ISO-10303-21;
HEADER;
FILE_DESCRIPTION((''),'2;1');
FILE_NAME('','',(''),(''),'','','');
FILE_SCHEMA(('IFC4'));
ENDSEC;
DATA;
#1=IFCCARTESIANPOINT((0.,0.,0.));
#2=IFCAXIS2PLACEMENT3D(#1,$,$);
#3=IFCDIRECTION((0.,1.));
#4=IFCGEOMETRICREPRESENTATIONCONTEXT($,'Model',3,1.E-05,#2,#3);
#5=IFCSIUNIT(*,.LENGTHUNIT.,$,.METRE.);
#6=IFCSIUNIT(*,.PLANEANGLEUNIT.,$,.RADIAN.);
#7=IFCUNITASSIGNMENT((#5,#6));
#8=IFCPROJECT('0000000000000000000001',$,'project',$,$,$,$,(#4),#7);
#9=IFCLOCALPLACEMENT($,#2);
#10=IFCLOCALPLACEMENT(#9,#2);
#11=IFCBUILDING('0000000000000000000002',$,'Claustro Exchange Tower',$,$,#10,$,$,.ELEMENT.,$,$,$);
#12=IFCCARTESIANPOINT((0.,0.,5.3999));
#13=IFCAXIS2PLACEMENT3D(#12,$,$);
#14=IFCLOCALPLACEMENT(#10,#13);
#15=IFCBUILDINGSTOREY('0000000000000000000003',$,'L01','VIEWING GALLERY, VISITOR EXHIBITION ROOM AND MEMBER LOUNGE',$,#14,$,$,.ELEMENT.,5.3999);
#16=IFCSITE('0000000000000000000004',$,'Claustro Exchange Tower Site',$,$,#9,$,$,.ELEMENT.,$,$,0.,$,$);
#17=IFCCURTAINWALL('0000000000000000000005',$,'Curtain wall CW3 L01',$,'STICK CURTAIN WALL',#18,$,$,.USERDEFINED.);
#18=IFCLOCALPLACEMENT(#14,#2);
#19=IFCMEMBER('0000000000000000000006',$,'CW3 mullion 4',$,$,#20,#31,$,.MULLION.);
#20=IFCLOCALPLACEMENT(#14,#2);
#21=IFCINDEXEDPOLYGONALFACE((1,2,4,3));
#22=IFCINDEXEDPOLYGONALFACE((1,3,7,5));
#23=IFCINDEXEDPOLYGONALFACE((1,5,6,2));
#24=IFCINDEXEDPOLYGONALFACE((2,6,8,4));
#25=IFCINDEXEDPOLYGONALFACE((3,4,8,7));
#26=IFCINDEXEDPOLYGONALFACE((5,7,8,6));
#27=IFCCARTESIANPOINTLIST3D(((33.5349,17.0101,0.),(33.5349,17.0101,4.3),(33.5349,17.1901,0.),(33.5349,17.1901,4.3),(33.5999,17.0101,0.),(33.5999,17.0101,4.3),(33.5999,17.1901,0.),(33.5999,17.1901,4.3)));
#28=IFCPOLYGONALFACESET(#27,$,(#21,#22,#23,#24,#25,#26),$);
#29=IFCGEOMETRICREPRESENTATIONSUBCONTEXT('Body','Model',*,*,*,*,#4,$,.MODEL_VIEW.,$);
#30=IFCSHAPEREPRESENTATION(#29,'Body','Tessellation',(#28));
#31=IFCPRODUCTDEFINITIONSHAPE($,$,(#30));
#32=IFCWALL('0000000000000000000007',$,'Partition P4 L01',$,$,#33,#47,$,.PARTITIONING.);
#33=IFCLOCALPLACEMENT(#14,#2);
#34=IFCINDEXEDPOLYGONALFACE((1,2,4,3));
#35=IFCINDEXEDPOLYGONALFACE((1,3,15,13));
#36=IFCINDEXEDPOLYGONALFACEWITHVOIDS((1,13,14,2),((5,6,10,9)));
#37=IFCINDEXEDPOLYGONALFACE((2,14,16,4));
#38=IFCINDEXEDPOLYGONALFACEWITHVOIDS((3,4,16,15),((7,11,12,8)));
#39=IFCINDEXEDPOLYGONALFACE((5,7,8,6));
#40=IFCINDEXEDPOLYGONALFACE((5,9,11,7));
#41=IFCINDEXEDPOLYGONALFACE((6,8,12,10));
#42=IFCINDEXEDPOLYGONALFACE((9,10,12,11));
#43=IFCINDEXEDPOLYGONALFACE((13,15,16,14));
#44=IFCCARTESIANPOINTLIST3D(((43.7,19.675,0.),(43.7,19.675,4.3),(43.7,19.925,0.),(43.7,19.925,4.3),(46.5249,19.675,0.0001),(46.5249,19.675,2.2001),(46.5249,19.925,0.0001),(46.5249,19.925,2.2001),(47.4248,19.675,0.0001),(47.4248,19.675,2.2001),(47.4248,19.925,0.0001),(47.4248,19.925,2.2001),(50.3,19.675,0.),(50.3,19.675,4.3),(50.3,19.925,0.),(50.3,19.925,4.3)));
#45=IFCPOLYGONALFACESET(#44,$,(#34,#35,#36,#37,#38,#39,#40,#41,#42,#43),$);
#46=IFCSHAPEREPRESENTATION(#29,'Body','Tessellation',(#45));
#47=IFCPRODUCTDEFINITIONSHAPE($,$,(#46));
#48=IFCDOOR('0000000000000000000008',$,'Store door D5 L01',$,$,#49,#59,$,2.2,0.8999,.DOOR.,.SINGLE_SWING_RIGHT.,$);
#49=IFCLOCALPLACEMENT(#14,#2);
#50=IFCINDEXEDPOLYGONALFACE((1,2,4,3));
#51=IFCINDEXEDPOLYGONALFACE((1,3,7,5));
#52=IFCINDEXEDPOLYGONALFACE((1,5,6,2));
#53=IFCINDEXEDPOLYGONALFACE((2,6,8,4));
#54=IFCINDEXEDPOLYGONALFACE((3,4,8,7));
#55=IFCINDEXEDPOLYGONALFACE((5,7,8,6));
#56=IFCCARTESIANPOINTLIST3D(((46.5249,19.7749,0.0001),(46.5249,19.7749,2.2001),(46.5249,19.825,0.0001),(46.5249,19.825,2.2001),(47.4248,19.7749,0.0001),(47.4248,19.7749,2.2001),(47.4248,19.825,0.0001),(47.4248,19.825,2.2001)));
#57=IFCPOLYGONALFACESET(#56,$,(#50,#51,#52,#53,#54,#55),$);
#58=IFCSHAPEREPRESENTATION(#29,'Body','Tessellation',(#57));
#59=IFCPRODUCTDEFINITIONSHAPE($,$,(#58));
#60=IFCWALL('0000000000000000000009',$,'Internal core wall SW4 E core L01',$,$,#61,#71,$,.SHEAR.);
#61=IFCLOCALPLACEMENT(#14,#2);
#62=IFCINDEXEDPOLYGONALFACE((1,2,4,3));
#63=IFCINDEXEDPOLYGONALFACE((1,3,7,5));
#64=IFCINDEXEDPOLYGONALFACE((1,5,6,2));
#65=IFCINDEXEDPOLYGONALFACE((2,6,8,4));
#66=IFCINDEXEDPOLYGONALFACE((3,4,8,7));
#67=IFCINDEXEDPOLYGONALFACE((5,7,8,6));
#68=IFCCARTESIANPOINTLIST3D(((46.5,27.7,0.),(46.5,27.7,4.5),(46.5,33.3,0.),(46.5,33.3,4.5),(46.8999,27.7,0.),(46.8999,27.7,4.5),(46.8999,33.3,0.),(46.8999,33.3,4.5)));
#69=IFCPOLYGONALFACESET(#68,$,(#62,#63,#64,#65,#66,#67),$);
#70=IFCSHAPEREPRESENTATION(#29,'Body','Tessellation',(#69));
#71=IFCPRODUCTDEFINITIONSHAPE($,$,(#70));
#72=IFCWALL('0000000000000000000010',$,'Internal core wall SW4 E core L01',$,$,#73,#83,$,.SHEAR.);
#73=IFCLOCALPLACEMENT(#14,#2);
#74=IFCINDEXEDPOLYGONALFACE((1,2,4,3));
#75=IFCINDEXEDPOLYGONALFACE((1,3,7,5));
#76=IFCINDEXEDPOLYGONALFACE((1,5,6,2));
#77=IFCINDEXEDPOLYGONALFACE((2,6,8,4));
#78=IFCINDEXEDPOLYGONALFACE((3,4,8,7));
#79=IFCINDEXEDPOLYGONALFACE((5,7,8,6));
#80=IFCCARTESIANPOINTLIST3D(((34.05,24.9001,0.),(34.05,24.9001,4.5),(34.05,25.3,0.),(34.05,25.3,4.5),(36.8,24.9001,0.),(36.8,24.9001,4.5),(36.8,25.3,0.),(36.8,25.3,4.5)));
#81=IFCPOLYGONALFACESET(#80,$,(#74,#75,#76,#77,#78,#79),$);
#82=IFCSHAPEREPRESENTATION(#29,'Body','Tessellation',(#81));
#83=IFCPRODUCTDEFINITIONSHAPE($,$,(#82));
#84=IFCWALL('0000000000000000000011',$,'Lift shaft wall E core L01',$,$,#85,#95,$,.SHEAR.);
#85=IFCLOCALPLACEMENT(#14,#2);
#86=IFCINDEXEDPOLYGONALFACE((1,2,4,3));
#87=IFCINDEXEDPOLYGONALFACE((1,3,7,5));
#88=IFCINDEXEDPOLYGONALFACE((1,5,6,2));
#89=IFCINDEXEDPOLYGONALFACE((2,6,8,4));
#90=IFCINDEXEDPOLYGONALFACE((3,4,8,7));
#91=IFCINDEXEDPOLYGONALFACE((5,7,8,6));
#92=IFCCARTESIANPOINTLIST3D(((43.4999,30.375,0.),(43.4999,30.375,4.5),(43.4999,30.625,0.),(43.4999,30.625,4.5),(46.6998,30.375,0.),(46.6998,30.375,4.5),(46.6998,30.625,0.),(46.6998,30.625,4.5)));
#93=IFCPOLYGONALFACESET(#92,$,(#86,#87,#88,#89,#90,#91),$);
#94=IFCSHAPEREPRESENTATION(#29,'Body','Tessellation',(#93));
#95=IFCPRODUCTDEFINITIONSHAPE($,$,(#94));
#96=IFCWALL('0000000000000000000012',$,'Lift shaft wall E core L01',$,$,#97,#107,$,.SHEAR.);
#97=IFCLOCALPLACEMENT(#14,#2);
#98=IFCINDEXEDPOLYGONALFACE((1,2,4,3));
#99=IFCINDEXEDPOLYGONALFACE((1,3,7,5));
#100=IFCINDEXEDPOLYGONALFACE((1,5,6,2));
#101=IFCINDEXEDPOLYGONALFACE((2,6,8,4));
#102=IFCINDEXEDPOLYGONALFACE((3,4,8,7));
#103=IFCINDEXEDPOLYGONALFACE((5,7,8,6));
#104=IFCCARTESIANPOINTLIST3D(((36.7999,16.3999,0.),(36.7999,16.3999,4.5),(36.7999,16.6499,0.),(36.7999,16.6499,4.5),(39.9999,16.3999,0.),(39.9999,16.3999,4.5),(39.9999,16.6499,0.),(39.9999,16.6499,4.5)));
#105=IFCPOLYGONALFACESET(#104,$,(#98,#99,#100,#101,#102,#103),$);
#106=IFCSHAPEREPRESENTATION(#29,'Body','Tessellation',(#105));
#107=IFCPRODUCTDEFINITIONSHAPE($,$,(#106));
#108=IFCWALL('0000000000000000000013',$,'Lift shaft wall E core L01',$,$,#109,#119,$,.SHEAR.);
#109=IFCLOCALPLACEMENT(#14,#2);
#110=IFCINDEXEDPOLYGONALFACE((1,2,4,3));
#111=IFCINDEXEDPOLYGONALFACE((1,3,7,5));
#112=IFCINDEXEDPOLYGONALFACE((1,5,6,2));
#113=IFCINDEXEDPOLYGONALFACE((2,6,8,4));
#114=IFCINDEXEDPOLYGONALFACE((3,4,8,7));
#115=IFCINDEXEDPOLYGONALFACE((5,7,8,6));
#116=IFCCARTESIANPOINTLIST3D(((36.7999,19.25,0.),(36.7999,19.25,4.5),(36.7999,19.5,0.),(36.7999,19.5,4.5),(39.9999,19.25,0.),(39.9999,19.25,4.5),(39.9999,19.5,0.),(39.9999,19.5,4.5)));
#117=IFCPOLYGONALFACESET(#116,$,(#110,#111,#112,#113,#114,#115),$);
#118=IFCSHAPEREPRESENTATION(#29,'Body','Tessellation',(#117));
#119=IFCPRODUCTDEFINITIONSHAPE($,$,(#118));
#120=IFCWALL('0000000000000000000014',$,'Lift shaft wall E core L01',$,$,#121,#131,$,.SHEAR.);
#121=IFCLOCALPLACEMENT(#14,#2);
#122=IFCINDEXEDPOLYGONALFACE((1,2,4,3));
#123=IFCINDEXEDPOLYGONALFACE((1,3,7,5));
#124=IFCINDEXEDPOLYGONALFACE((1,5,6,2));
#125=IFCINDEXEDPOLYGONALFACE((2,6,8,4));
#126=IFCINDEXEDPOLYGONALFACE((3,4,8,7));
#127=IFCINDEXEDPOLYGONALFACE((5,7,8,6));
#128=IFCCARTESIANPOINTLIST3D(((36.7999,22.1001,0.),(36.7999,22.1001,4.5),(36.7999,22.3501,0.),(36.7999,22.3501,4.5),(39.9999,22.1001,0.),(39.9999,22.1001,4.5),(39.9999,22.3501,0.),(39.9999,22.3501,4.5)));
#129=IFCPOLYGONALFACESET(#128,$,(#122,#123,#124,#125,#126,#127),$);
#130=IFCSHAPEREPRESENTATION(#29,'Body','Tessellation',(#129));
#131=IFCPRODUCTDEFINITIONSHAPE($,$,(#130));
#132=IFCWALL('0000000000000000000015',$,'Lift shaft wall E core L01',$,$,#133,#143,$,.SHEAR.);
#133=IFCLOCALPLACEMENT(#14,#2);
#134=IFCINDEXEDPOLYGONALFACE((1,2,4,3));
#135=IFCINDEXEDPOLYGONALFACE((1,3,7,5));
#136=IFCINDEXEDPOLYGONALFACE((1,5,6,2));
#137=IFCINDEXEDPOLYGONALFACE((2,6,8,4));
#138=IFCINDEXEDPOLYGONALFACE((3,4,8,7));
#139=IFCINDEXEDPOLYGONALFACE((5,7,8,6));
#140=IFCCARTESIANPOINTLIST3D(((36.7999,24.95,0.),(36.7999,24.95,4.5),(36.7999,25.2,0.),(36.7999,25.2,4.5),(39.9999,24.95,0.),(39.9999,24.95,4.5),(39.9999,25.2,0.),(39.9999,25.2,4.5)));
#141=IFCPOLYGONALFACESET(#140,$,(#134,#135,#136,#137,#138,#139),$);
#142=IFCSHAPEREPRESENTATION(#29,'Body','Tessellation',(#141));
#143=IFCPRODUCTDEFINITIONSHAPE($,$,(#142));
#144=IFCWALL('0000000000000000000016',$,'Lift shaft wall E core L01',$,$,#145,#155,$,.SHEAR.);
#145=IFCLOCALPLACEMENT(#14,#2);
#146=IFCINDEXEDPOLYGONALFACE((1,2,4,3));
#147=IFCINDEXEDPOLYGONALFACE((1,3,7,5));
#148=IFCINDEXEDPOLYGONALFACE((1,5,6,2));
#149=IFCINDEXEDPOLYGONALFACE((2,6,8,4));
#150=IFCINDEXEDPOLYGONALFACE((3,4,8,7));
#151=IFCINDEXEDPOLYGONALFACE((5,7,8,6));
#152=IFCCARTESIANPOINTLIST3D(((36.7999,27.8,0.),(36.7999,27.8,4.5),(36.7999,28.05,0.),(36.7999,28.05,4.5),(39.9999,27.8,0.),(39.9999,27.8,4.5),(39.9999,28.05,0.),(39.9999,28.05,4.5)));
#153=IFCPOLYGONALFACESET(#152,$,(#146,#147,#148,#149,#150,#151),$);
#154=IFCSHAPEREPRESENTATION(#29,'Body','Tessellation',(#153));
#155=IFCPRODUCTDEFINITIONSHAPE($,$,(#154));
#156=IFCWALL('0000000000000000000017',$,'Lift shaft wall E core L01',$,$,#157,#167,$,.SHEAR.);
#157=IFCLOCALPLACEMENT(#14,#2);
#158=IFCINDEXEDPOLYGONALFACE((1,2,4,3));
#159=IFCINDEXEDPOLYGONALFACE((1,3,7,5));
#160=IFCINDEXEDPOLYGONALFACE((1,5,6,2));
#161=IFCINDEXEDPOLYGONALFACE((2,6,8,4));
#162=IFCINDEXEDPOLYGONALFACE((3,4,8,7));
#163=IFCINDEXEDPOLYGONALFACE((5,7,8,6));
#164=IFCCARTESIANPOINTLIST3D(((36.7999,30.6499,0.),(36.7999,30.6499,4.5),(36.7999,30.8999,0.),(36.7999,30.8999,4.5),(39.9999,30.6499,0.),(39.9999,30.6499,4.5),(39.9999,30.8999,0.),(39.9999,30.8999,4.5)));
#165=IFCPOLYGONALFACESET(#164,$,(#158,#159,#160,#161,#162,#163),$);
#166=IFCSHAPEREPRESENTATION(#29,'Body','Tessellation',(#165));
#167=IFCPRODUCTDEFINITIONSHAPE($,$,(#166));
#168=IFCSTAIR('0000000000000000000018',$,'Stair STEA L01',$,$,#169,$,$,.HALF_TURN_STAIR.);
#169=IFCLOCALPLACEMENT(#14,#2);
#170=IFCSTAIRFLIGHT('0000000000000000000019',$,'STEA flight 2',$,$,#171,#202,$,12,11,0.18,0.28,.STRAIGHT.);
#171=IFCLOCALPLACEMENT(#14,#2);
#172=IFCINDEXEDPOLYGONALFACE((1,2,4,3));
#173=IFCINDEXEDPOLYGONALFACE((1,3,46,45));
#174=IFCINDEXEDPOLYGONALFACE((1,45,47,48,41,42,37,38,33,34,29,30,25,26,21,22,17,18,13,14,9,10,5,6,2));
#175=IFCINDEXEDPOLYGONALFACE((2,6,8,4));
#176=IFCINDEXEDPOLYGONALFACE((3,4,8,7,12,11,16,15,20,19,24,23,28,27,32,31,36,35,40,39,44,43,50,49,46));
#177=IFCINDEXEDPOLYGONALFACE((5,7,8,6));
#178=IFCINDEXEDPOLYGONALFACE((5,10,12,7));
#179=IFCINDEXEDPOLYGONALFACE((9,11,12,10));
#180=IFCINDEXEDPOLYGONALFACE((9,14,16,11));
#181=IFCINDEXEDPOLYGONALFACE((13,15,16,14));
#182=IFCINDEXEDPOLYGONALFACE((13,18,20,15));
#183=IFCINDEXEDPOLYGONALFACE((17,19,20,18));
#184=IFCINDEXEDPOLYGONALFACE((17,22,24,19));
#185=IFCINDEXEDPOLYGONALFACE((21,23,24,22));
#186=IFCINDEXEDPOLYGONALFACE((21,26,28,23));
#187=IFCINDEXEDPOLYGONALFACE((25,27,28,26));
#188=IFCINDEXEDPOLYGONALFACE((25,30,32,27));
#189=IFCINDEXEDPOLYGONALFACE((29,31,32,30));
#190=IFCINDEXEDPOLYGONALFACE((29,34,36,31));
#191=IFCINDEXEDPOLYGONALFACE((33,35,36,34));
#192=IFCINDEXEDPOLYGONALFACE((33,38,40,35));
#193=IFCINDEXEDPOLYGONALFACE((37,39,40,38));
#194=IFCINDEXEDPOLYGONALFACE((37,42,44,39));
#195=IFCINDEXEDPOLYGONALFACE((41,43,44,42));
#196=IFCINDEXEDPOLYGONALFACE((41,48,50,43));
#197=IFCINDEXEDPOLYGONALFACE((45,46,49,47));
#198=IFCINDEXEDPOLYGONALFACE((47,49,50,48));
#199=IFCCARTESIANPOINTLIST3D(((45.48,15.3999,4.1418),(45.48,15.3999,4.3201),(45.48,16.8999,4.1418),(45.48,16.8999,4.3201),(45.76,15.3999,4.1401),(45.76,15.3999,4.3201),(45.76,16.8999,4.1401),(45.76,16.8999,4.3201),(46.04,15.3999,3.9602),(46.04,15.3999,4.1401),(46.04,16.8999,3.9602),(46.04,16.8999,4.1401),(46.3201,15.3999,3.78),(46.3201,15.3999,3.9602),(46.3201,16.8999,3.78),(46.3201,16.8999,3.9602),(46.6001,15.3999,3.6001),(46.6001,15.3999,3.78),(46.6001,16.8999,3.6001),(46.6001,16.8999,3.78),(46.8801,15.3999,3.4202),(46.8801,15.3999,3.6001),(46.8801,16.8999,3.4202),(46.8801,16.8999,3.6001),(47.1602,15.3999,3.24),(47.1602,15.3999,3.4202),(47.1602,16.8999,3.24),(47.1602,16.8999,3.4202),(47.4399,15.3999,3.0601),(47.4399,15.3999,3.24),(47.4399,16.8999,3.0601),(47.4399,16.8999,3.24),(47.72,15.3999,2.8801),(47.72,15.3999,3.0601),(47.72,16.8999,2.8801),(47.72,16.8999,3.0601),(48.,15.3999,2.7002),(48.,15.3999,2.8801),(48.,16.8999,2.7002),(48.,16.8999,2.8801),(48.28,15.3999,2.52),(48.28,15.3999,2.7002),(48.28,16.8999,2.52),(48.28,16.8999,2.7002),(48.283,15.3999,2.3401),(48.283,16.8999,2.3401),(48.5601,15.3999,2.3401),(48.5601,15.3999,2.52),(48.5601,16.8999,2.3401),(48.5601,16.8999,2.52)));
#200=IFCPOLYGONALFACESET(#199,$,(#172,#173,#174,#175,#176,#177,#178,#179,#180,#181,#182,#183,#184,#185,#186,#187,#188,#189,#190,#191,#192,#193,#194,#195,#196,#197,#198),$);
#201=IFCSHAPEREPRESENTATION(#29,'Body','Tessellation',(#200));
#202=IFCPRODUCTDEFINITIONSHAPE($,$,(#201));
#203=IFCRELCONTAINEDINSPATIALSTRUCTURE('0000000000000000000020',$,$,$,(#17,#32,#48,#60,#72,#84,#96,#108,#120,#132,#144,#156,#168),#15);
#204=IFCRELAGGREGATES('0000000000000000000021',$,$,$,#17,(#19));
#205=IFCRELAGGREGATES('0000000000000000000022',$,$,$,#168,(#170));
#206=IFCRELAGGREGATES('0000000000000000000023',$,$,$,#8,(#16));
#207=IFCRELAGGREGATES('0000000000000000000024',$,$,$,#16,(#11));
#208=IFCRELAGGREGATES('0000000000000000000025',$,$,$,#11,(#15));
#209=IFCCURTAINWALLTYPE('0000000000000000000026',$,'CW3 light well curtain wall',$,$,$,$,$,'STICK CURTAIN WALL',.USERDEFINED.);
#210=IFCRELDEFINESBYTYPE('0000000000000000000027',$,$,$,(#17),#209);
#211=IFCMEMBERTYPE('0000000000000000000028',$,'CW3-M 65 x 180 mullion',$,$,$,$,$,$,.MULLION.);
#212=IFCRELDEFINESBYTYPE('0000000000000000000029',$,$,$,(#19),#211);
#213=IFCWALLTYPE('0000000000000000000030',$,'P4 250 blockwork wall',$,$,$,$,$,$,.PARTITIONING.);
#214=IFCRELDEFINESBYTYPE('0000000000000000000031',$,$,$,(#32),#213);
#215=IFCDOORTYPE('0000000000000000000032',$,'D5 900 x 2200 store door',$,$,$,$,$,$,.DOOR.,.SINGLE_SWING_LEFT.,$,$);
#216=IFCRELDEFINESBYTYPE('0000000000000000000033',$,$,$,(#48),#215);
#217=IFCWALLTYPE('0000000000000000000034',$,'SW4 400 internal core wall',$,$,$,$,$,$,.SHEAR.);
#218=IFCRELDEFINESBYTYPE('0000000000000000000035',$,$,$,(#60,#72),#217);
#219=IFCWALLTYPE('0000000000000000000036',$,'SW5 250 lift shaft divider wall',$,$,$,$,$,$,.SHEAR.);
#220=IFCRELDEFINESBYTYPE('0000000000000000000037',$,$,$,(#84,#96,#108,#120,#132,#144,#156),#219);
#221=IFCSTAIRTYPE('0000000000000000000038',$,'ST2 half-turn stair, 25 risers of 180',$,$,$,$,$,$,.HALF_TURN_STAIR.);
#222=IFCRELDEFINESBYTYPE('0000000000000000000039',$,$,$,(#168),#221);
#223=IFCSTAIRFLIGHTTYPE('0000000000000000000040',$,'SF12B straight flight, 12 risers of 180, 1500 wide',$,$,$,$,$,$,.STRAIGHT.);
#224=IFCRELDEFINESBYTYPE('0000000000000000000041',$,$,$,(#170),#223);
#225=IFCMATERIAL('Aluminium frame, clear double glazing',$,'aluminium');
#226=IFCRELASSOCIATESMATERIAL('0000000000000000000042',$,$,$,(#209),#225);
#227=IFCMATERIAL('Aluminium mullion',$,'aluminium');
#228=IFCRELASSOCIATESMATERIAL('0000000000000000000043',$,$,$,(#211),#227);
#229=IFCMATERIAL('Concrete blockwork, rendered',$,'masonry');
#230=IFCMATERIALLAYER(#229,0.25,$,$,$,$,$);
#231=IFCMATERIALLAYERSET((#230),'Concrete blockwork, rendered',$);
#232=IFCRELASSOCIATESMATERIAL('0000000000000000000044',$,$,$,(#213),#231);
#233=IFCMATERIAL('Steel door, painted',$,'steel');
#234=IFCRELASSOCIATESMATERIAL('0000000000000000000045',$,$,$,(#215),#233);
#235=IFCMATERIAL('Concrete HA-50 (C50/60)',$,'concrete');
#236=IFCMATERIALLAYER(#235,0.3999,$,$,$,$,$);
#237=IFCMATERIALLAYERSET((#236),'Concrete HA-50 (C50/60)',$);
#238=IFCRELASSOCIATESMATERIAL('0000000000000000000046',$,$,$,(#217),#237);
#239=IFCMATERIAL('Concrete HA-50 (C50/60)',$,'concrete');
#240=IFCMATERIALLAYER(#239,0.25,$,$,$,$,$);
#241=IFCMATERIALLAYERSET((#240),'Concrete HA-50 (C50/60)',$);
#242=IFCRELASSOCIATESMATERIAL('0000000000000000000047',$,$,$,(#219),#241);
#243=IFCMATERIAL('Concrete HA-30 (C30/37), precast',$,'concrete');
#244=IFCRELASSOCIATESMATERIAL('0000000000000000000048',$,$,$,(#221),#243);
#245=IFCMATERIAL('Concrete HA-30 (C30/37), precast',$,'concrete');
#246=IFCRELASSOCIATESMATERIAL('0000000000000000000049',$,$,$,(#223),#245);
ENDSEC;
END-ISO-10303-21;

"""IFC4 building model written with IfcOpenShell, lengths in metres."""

from ifc_helpers import new_model, si_unit, direction, frame, frame_2d, origin, origin_2d, place, context, subcontext, project, spatial, polyline, rectangle, outline, extrude, material, layer, layer_set, material_profile, profile_set, type_object, element, fill, aggregate, save


model = new_model("IFC4")

# Units and contexts
model_context = context("Model", 3, precision=1e-05, world=origin(), true_north=direction((0.0, 1.0)))
body_context = subcontext(model_context, "Body", "Model", "MODEL_VIEW")
ifc_project = project(units=[si_unit("LENGTHUNIT", "METRE"), si_unit("PLANEANGLEUNIT", "RADIAN")], contexts=[model_context])

# Site, building, storey
site_placement = place(None, origin())
site = spatial("IfcSite", under=ifc_project, at=site_placement, Name="Claustro Exchange Tower Site", CompositionType="ELEMENT", RefElevation=0.0)
building_placement = place(site_placement, origin())
building = spatial("IfcBuilding", under=site, at=building_placement, Name="Claustro Exchange Tower", CompositionType="ELEMENT")
storey_placement = place(building_placement, frame((0.0, 0.0, 5.3999)))
storey = spatial("IfcBuildingStorey", under=building, at=storey_placement, Name="L01", Description="VIEWING GALLERY, VISITOR EXHIBITION ROOM AND MEMBER LOUNGE", CompositionType="ELEMENT", Elevation=5.3999)

# Curtain wall, member
ifc_material_1 = material(Name="Aluminium frame, clear double glazing", Category="aluminium")
curtain_wall_type = type_object("IfcCurtainWallType", Name="CW3 light well curtain wall", ElementType="STICK CURTAIN WALL", PredefinedType="USERDEFINED", material=ifc_material_1)
curtain_wall_placement = place(storey_placement, origin())
curtain_wall = element("IfcCurtainWall", 1, at=curtain_wall_placement, inside=storey, type_object=curtain_wall_type, Name="Curtain wall CW3 L01", ObjectType="STICK CURTAIN WALL", PredefinedType="USERDEFINED")
ifc_material_2 = material(Name="Aluminium mullion", Category="aluminium")
ifc_material_profile = material_profile(ifc_material_2, rectangle(XDim=0.1799, YDim=0.0649, at=origin_2d()), Name="CW3-M 65x180")
ifc_profile_set = profile_set([ifc_material_profile], Name="Aluminium mullion")
member_type = type_object("IfcMemberType", Name="CW3-M 65 x 180 mullion", PredefinedType="MULLION", material=ifc_profile_set)
member_placement = place(storey_placement, frame((33.5674, 17.1001, 0.0), z_axis=(0.0, 0.0, 1.0), x_axis=(0.0, 1.0, 0.0)))
member = element("IfcMember", 2, at=member_placement, type_object=member_type, Name="CW3 mullion 4", PredefinedType="MULLION", context=body_context, shape_type="SweptSolid", body=[
    extrude(rectangle(XDim=0.1799, YDim=0.0649, at=origin_2d()), origin(), (0.0, 0.0, 1.0), 4.3),
])
aggregate(curtain_wall, [member])

# Wall, opening, door
ifc_material_3 = material(Name="Concrete blockwork, rendered", Category="masonry")
ifc_layer_1 = layer(ifc_material_3, 0.25)
ifc_layer_set_1 = layer_set([ifc_layer_1], Name="Concrete blockwork, rendered")
wall_type_1 = type_object("IfcWallType", Name="P4 250 blockwork wall", PredefinedType="PARTITIONING", material=ifc_layer_set_1)
wall_1_placement = place(storey_placement, frame((43.7, 19.8, 0.0), z_axis=(0.0, 0.0, 1.0), x_axis=(1.0, 0.0, 0.0)))
wall_1 = element("IfcWall", 3, at=wall_1_placement, inside=storey, type_object=wall_type_1, Name="Partition P4 L01", PredefinedType="PARTITIONING", context=body_context, shape_type="SweptSolid", body=[
    extrude(rectangle(XDim=6.6001, YDim=0.25, at=frame_2d((3.3, 0.0))), origin(), (0.0, 0.0, 1.0), 4.3),
])
opening_placement = place(wall_1_placement, frame((2.825, 0.0, 0.0)))
opening = element("IfcOpeningElement", 4, at=opening_placement, cuts=wall_1, PredefinedType="OPENING", context=body_context, shape_type="SweptSolid", body=[
    extrude(rectangle(XDim=0.8999, YDim=2.2, at=frame_2d((0.45, 1.1001))), frame((0.0, 0.135, 0.0), z_axis=(0.0, -1.0, 0.0), x_axis=(1.0, 0.0, 0.0)), (0.0, 0.0, 1.0), 0.27),
])
ifc_material_4 = material(Name="Steel door, painted", Category="steel")
door_type = type_object("IfcDoorType", Name="D5 900 x 2200 store door", OperationType="SINGLE_SWING_LEFT", PredefinedType="DOOR", material=ifc_material_4)
door_placement = place(opening_placement, origin())
door = element("IfcDoor", 5, at=door_placement, inside=storey, type_object=door_type, Name="Store door D5 L01", OperationType="SINGLE_SWING_RIGHT", OverallHeight=2.2, OverallWidth=0.8999, PredefinedType="DOOR", context=body_context, shape_type="SweptSolid", body=[
    extrude(rectangle(XDim=0.8999, YDim=2.2, at=frame_2d((0.45, 1.1001))), frame((0.0, 0.0249, 0.0), z_axis=(0.0, -1.0, 0.0), x_axis=(1.0, 0.0, 0.0)), (0.0, 0.0, 1.0), 0.05),
])
fill(opening, door)

# Walls
ifc_material_5 = material(Name="Concrete HA-50 (C50/60)", Category="concrete")
ifc_layer_2 = layer(ifc_material_5, 0.3999)
ifc_layer_set_2 = layer_set([ifc_layer_2], Name="Concrete HA-50 (C50/60)")
wall_type_2 = type_object("IfcWallType", Name="SW4 400 internal core wall", PredefinedType="SHEAR", material=ifc_layer_set_2)
wall_2_placement = place(storey_placement, frame((46.7, 27.7, 0.0), z_axis=(0.0, 0.0, 1.0), x_axis=(0.0, 1.0, 0.0)))
element("IfcWall", 6, at=wall_2_placement, inside=storey, type_object=wall_type_2, Name="Internal core wall SW4 E core L01", PredefinedType="SHEAR", context=body_context, shape_type="SweptSolid", body=[
    extrude(rectangle(XDim=5.6001, YDim=0.3999, at=frame_2d((2.8, 0.0))), origin(), (0.0, 0.0, 1.0), 4.5),
])
wall_3_placement = place(storey_placement, frame((36.8, 25.1001, 0.0), z_axis=(0.0, 0.0, 1.0), x_axis=(-1.0, 0.0, 0.0)))
element("IfcWall", 7, at=wall_3_placement, inside=storey, type_object=wall_type_2, Name="Internal core wall SW4 E core L01", PredefinedType="SHEAR", context=body_context, shape_type="SweptSolid", body=[
    extrude(rectangle(XDim=2.75, YDim=0.3999, at=frame_2d((1.375, 0.0))), origin(), (0.0, 0.0, 1.0), 4.5),
])
ifc_material_6 = material(Name="Concrete HA-50 (C50/60)", Category="concrete")
ifc_layer_3 = layer(ifc_material_6, 0.25)
ifc_layer_set_3 = layer_set([ifc_layer_3], Name="Concrete HA-50 (C50/60)")
wall_type_3 = type_object("IfcWallType", Name="SW5 250 lift shaft divider wall", PredefinedType="SHEAR", material=ifc_layer_set_3)
for number, where, z_axis, x_axis, name in (
    (8, (46.7, 30.5, 0.0), (0.0, 0.0, 1.0), (-1.0, 0.0, 0.0), "Lift shaft wall E core L01"),
    (9, (40.0, 16.5249, 0.0), (0.0, 0.0, 1.0), (-1.0, 0.0, 0.0), "Lift shaft wall E core L01"),
    (10, (40.0, 19.375, 0.0), (0.0, 0.0, 1.0), (-1.0, 0.0, 0.0), "Lift shaft wall E core L01"),
    (11, (40.0, 22.2251, 0.0), (0.0, 0.0, 1.0), (-1.0, 0.0, 0.0), "Lift shaft wall E core L01"),
    (12, (40.0, 25.075, 0.0), (0.0, 0.0, 1.0), (-1.0, 0.0, 0.0), "Lift shaft wall E core L01"),
    (13, (40.0, 27.925, 0.0), (0.0, 0.0, 1.0), (-1.0, 0.0, 0.0), "Lift shaft wall E core L01"),
    (14, (40.0, 30.7749, 0.0), (0.0, 0.0, 1.0), (-1.0, 0.0, 0.0), "Lift shaft wall E core L01"),
):
    element("IfcWall", number, at=place(storey_placement, frame(where, z_axis=z_axis, x_axis=x_axis)), inside=storey, type_object=wall_type_3, Name=name, PredefinedType="SHEAR", context=body_context, shape_type="SweptSolid", body=[
        extrude(rectangle(XDim=3.2, YDim=0.25, at=frame_2d((1.6001, 0.0))), origin(), (0.0, 0.0, 1.0), 4.5),
    ])

# Stair, stair flight
ifc_material_7 = material(Name="Concrete HA-30 (C30/37), precast", Category="concrete")
stair_type = type_object("IfcStairType", Name="ST2 half-turn stair, 25 risers of 180", PredefinedType="HALF_TURN_STAIR", material=ifc_material_7)
stair_placement = place(storey_placement, origin())
stair = element("IfcStair", 15, at=stair_placement, inside=storey, type_object=stair_type, Name="Stair STEA L01", PredefinedType="HALF_TURN_STAIR")
ifc_material_8 = material(Name="Concrete HA-30 (C30/37), precast", Category="concrete")
stair_flight_type = type_object("IfcStairFlightType", Name="SF12B straight flight, 12 risers of 180, 1500 wide", PredefinedType="STRAIGHT", material=ifc_material_8)
stair_flight_placement = place(storey_placement, frame((48.5601, 16.1499, 2.3401), z_axis=(0.0, 0.0, 1.0), x_axis=(-1.0, 0.0, 0.0)))
stair_flight = element("IfcStairFlight", 16, at=stair_flight_placement, type_object=stair_flight_type, Name="STEA flight 2", NumberOfRisers=12, NumberOfTreads=11, PredefinedType="STRAIGHT", RiserHeight=0.18, TreadLength=0.28, context=body_context, shape_type="SweptSolid", body=[
    extrude(outline(polyline([(0.0, 0.0), (0.0, 0.1799), (0.28, 0.1799), (0.28, 0.3601), (0.5601, 0.3601), (0.5601, 0.54), (0.8401, 0.54), (0.8401, 0.72), (1.1201, 0.72), (1.1201, 0.8999), (1.3999, 0.8999), (1.3999, 1.0801), (1.6799, 1.0801), (1.6799, 1.26), (1.96, 1.26), (1.96, 1.4399), (2.24, 1.4399), (2.24, 1.6201), (2.52, 1.6201), (2.52, 1.8), (2.8, 1.8), (2.8, 1.98), (3.0801, 1.98), (3.0801, 2.1599), (3.0801, 1.8018), (0.2771, 0.0), (0.0, 0.0)])), frame((0.0, 0.75, 0.0), z_axis=(0.0, -1.0, 0.0), x_axis=(1.0, 0.0, 0.0)), (0.0, 0.0, 1.0), 1.5),
])
aggregate(stair, [stair_flight])

save(model, "model.ifc")
